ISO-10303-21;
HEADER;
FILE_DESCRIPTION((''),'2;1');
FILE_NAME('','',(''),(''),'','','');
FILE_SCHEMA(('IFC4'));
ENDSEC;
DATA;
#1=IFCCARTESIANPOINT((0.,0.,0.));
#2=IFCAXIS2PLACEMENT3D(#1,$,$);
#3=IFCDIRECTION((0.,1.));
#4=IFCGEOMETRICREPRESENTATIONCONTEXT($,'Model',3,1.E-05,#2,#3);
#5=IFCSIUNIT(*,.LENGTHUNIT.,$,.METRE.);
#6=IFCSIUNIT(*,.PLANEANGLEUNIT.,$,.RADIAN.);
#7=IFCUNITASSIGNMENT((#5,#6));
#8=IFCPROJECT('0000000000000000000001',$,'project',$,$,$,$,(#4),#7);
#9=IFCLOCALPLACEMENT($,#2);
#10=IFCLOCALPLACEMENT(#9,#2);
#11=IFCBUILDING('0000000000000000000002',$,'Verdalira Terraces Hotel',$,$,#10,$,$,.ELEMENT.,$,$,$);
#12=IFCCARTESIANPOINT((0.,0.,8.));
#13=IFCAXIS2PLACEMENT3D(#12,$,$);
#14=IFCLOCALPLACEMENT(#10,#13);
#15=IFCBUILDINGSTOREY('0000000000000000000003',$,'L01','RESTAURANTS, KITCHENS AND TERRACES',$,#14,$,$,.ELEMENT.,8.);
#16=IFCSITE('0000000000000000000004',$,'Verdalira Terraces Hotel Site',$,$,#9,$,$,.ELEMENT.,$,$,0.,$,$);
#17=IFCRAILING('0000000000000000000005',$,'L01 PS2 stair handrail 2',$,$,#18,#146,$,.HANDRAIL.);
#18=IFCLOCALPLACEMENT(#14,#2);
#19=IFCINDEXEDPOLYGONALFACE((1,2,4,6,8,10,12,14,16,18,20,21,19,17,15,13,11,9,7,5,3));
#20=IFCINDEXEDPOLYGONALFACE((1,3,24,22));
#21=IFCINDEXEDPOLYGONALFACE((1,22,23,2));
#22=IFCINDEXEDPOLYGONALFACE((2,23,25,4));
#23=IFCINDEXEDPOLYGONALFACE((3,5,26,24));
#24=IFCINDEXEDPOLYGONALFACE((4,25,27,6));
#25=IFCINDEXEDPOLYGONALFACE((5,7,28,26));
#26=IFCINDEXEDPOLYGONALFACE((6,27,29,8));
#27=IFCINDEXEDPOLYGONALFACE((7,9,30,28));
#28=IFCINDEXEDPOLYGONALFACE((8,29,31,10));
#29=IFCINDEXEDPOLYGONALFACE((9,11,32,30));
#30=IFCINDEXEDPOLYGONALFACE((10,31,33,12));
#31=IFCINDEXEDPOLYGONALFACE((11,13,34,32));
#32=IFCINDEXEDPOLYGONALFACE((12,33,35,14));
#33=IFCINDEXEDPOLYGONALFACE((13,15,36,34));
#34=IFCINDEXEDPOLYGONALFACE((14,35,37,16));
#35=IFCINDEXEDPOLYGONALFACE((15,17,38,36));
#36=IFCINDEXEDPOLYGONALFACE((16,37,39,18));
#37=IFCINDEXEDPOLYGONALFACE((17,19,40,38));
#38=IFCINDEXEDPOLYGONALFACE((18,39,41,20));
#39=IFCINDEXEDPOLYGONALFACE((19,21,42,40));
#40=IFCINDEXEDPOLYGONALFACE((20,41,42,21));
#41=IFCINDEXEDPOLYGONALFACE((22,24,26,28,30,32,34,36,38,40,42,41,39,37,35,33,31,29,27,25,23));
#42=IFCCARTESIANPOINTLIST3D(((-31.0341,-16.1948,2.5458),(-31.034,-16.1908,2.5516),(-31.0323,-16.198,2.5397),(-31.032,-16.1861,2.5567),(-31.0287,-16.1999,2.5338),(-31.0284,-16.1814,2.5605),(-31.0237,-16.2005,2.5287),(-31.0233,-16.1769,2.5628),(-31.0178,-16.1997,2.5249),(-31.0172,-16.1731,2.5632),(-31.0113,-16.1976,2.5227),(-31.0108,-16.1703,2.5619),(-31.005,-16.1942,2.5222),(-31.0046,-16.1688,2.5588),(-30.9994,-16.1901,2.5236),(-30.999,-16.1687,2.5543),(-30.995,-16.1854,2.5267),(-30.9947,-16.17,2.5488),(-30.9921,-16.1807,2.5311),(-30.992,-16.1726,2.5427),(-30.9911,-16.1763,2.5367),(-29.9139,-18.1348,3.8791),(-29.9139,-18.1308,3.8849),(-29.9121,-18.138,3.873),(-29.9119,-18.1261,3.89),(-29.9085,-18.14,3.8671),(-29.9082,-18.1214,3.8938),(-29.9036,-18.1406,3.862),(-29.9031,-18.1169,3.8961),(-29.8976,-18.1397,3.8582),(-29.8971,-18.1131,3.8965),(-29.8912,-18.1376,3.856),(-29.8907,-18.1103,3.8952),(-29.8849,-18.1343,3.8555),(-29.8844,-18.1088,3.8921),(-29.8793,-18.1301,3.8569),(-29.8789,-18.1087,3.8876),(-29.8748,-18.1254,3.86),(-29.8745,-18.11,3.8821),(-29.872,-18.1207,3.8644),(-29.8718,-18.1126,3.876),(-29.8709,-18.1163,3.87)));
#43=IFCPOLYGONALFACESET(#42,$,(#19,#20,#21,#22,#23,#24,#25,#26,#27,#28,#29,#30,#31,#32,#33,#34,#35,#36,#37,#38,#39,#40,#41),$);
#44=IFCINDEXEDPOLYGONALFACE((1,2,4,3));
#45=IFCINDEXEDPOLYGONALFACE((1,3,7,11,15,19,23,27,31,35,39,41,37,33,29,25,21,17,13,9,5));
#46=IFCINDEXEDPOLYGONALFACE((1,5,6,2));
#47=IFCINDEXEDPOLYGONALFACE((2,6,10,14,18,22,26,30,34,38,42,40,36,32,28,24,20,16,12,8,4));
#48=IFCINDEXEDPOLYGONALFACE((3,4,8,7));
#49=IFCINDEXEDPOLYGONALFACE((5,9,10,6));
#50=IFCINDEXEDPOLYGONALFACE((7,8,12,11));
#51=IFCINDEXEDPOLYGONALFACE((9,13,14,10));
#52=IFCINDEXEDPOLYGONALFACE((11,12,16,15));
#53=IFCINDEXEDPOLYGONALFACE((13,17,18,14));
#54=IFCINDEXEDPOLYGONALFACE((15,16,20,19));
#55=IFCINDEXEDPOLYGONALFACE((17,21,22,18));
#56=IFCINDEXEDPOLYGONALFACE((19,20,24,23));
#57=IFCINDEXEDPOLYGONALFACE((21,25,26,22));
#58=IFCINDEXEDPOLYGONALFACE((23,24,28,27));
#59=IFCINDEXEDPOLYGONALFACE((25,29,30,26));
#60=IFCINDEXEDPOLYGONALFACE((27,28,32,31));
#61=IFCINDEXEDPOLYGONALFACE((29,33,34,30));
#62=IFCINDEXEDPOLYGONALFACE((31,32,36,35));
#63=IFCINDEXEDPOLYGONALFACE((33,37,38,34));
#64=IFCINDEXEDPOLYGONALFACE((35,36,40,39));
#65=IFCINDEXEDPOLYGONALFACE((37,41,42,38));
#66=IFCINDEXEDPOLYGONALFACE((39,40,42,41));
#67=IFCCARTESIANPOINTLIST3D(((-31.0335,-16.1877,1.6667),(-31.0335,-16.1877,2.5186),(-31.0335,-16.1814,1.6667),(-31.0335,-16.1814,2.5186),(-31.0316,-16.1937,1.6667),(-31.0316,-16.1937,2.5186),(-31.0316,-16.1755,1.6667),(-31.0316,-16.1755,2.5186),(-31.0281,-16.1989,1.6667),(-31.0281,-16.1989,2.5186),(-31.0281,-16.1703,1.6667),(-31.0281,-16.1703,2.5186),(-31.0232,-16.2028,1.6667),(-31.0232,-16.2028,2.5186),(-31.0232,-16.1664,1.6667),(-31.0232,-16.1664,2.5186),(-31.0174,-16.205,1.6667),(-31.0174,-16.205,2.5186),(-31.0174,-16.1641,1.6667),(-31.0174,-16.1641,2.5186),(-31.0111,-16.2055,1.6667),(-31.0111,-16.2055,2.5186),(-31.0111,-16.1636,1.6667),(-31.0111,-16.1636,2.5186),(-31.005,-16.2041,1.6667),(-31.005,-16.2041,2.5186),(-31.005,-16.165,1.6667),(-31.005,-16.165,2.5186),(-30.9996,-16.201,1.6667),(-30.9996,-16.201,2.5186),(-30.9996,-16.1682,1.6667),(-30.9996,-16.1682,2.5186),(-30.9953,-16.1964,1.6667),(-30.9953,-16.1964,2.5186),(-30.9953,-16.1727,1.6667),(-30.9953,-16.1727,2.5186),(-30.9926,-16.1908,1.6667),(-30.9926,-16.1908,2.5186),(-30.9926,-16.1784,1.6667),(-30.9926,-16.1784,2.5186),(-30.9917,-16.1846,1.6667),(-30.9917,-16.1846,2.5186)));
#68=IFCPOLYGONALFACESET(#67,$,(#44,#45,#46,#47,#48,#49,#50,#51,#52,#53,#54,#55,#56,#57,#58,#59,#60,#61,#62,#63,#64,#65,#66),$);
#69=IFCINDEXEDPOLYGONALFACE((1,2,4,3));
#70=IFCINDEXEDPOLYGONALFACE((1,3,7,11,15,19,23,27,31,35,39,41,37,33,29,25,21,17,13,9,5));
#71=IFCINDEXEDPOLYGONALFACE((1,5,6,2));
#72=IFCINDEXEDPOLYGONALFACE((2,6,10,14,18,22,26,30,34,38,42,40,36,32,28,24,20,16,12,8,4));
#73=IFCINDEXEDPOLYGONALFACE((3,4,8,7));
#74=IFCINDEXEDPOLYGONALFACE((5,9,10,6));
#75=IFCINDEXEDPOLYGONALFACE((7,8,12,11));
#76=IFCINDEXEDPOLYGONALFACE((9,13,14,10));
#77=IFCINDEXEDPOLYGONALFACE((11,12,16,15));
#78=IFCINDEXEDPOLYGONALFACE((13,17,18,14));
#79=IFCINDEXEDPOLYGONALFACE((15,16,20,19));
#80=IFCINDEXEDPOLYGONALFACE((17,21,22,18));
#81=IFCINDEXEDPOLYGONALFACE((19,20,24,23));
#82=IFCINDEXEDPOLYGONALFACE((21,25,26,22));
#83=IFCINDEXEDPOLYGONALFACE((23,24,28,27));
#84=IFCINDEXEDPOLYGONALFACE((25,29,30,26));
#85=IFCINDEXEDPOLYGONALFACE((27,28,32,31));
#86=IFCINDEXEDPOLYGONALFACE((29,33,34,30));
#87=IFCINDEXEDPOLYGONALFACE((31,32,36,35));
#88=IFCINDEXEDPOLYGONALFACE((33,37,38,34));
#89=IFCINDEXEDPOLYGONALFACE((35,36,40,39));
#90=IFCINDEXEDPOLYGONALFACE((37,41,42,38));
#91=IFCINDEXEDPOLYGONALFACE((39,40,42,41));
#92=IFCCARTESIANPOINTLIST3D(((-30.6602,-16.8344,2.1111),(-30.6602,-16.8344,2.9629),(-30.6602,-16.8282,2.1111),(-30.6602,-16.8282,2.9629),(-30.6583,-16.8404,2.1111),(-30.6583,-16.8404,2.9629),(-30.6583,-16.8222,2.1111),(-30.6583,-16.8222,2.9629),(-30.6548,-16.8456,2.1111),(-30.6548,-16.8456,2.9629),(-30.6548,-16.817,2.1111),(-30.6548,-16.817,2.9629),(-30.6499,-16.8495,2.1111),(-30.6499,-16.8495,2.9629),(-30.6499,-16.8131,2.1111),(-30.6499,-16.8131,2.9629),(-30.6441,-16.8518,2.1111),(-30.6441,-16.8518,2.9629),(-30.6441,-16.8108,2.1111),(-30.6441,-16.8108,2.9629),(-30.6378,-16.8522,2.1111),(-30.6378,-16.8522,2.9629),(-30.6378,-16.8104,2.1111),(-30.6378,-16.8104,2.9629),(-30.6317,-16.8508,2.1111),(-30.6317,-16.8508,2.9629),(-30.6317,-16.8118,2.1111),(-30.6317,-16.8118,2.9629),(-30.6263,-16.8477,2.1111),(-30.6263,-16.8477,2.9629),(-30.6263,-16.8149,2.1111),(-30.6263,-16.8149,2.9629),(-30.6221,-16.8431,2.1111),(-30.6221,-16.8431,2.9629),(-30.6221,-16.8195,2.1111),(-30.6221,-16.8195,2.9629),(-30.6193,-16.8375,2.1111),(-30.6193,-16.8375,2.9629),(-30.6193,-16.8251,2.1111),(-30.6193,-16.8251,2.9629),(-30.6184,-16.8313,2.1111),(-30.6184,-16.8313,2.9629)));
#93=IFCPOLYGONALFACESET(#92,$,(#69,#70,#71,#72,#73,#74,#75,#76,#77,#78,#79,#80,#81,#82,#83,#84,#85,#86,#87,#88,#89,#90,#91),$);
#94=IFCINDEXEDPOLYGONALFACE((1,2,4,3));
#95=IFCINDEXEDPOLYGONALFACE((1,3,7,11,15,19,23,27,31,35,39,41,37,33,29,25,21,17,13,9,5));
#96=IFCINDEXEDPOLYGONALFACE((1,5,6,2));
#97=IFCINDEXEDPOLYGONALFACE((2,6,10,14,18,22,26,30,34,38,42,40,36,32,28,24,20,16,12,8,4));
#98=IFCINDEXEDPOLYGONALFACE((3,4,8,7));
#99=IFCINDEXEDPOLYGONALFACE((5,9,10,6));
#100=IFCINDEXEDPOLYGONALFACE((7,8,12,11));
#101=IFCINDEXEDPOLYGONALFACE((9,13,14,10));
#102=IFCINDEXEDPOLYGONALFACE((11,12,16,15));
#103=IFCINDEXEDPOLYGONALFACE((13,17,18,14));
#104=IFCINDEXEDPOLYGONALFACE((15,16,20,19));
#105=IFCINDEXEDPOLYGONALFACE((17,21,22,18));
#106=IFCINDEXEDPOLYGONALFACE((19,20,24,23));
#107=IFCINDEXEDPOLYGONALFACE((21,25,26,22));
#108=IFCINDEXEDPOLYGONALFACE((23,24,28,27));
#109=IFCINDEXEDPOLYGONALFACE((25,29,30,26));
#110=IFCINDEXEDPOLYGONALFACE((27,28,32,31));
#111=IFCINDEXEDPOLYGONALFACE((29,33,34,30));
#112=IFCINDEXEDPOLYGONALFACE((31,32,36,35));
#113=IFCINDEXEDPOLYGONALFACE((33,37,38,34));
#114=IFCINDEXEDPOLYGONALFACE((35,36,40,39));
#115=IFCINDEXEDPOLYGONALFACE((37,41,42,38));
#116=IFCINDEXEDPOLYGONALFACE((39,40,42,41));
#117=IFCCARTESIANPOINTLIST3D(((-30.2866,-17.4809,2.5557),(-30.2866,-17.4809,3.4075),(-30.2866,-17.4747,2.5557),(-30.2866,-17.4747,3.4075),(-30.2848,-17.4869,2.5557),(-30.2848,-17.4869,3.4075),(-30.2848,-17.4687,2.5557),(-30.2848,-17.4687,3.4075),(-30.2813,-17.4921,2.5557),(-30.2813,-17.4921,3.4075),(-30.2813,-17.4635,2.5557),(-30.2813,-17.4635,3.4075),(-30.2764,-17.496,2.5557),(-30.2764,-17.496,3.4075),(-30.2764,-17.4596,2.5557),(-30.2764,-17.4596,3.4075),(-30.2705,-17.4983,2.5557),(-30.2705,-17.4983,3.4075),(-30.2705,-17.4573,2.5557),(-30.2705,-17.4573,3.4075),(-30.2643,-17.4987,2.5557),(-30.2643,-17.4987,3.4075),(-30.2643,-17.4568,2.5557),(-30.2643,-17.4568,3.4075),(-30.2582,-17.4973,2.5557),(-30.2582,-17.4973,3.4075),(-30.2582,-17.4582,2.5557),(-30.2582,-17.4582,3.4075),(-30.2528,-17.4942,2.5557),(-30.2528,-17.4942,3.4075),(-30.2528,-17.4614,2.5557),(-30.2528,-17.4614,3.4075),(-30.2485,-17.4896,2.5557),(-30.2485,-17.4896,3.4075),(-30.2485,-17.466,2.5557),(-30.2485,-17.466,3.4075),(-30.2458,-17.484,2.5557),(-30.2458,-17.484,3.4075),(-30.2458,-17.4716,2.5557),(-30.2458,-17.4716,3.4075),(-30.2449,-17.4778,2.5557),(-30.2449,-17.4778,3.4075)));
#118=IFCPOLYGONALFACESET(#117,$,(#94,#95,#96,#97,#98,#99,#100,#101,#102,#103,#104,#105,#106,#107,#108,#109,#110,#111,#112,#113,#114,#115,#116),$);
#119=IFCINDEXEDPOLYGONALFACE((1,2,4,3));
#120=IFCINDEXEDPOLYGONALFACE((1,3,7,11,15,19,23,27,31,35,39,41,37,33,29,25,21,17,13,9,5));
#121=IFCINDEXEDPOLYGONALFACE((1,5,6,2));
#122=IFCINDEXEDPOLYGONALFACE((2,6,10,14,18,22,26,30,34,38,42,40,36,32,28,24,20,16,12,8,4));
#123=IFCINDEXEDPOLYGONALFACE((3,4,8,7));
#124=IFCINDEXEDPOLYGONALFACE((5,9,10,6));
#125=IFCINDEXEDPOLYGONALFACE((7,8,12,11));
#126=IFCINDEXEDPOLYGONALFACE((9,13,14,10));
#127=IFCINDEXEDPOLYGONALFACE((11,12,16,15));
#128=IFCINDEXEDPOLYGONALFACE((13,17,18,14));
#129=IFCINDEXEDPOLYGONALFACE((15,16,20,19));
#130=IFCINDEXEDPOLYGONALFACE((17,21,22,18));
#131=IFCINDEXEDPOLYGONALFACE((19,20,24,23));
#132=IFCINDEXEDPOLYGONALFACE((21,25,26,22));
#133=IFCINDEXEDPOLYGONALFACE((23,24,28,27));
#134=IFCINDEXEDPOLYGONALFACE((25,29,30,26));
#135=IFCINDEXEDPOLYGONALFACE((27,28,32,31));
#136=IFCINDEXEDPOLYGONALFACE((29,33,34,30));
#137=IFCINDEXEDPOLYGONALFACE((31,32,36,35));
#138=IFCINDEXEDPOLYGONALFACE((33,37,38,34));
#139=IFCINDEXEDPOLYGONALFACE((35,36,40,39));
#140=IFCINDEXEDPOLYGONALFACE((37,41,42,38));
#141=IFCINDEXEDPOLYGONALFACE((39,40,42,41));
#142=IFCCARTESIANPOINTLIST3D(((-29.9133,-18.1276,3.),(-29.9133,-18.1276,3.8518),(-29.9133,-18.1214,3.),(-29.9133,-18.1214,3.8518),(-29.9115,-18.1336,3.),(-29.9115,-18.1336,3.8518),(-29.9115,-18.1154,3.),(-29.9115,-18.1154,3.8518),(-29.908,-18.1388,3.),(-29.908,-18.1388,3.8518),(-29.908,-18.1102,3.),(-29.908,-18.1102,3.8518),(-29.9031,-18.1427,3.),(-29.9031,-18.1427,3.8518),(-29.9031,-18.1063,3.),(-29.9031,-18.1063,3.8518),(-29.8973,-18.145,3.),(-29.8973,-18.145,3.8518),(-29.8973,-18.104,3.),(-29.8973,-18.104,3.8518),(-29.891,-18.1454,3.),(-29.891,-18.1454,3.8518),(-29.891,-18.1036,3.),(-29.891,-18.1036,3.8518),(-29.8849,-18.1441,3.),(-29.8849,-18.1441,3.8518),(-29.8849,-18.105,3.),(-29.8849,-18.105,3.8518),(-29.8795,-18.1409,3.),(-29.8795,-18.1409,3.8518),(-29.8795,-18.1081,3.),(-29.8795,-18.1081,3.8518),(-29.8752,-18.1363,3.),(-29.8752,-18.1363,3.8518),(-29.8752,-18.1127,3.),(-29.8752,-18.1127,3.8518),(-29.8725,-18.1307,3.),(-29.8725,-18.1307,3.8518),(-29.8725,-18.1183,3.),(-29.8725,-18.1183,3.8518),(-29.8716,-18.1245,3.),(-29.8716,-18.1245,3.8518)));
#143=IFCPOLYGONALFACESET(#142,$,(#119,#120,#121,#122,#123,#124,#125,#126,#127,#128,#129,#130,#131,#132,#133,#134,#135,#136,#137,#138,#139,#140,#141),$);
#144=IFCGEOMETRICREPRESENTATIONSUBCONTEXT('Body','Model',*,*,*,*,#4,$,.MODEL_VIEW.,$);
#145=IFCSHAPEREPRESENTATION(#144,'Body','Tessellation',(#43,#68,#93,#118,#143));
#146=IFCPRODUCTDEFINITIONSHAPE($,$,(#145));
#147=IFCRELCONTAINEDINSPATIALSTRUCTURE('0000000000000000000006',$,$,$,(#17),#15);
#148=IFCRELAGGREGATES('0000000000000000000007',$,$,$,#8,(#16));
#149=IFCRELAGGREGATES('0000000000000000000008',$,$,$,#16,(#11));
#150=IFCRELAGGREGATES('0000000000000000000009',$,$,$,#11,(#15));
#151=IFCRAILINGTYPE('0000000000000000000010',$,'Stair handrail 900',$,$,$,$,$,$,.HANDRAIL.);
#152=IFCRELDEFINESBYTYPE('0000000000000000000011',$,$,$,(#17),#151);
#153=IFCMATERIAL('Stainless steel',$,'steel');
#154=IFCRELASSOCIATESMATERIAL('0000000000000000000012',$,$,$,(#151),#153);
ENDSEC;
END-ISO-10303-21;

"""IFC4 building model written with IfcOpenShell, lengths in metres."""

from ifc_helpers import new_model, si_unit, direction, frame, origin, origin_2d, place, context, subcontext, project, spatial, circle, extrude, material, type_object, element, save


model = new_model("IFC4")

# Units and contexts
model_context = context("Model", 3, precision=1e-05, world=origin(), true_north=direction((0.0, 1.0)))
body_context = subcontext(model_context, "Body", "Model", "MODEL_VIEW")
ifc_project = project(units=[si_unit("LENGTHUNIT", "METRE"), si_unit("PLANEANGLEUNIT", "RADIAN")], contexts=[model_context])

# Site, building, storey
site_placement = place(None, origin())
site = spatial("IfcSite", under=ifc_project, at=site_placement, Name="Verdalira Terraces Hotel Site", CompositionType="ELEMENT", RefElevation=0.0)
building_placement = place(site_placement, origin())
building = spatial("IfcBuilding", under=site, at=building_placement, Name="Verdalira Terraces Hotel", CompositionType="ELEMENT")
storey_placement = place(building_placement, frame((0.0, 0.0, 8.0)))
storey = spatial("IfcBuildingStorey", under=building, at=storey_placement, Name="L01", Description="RESTAURANTS, KITCHENS AND TERRACES", CompositionType="ELEMENT", Elevation=8.0)

# Railing
ifc_material_1 = material(Name="Stainless steel", Category="steel")
railing_type_1 = type_object("IfcRailingType", Name="Stair handrail 900", PredefinedType="HANDRAIL", material=ifc_material_1)
for number, where, name in (
    (1, (-31.0127, -16.1846, 1.6667), "L01 PS2 stair handrail 2"),
):
    element("IfcRailing", number, at=place(storey_placement, frame(where)), inside=storey, type_object=railing_type_1, Name=name, PredefinedType="HANDRAIL", context=body_context, shape_type="SweptSolid", body=[
        extrude(circle(Radius=0.0239, at=origin_2d()), frame((0.0, 0.0, 0.876), z_axis=(0.429684, -0.744175, 0.511444), x_axis=(0.866008, 0.500031, 0.0)), (0.0, 0.0, 1.0), 2.6069),
        extrude(circle(Radius=0.021, at=origin_2d()), origin(), (0.0, 0.0, 1.0), 0.8518),
        extrude(circle(Radius=0.021, at=origin_2d()), frame((0.3733, -0.6467, 0.4443)), (0.0, 0.0, 1.0), 0.8518),
        extrude(circle(Radius=0.021, at=origin_2d()), frame((0.7468, -1.2932, 0.8889)), (0.0, 0.0, 1.0), 0.8518),
        extrude(circle(Radius=0.021, at=origin_2d()), frame((1.1201, -1.9399, 1.3333)), (0.0, 0.0, 1.0), 0.8518),
    ])

save(model, "model.ifc")
